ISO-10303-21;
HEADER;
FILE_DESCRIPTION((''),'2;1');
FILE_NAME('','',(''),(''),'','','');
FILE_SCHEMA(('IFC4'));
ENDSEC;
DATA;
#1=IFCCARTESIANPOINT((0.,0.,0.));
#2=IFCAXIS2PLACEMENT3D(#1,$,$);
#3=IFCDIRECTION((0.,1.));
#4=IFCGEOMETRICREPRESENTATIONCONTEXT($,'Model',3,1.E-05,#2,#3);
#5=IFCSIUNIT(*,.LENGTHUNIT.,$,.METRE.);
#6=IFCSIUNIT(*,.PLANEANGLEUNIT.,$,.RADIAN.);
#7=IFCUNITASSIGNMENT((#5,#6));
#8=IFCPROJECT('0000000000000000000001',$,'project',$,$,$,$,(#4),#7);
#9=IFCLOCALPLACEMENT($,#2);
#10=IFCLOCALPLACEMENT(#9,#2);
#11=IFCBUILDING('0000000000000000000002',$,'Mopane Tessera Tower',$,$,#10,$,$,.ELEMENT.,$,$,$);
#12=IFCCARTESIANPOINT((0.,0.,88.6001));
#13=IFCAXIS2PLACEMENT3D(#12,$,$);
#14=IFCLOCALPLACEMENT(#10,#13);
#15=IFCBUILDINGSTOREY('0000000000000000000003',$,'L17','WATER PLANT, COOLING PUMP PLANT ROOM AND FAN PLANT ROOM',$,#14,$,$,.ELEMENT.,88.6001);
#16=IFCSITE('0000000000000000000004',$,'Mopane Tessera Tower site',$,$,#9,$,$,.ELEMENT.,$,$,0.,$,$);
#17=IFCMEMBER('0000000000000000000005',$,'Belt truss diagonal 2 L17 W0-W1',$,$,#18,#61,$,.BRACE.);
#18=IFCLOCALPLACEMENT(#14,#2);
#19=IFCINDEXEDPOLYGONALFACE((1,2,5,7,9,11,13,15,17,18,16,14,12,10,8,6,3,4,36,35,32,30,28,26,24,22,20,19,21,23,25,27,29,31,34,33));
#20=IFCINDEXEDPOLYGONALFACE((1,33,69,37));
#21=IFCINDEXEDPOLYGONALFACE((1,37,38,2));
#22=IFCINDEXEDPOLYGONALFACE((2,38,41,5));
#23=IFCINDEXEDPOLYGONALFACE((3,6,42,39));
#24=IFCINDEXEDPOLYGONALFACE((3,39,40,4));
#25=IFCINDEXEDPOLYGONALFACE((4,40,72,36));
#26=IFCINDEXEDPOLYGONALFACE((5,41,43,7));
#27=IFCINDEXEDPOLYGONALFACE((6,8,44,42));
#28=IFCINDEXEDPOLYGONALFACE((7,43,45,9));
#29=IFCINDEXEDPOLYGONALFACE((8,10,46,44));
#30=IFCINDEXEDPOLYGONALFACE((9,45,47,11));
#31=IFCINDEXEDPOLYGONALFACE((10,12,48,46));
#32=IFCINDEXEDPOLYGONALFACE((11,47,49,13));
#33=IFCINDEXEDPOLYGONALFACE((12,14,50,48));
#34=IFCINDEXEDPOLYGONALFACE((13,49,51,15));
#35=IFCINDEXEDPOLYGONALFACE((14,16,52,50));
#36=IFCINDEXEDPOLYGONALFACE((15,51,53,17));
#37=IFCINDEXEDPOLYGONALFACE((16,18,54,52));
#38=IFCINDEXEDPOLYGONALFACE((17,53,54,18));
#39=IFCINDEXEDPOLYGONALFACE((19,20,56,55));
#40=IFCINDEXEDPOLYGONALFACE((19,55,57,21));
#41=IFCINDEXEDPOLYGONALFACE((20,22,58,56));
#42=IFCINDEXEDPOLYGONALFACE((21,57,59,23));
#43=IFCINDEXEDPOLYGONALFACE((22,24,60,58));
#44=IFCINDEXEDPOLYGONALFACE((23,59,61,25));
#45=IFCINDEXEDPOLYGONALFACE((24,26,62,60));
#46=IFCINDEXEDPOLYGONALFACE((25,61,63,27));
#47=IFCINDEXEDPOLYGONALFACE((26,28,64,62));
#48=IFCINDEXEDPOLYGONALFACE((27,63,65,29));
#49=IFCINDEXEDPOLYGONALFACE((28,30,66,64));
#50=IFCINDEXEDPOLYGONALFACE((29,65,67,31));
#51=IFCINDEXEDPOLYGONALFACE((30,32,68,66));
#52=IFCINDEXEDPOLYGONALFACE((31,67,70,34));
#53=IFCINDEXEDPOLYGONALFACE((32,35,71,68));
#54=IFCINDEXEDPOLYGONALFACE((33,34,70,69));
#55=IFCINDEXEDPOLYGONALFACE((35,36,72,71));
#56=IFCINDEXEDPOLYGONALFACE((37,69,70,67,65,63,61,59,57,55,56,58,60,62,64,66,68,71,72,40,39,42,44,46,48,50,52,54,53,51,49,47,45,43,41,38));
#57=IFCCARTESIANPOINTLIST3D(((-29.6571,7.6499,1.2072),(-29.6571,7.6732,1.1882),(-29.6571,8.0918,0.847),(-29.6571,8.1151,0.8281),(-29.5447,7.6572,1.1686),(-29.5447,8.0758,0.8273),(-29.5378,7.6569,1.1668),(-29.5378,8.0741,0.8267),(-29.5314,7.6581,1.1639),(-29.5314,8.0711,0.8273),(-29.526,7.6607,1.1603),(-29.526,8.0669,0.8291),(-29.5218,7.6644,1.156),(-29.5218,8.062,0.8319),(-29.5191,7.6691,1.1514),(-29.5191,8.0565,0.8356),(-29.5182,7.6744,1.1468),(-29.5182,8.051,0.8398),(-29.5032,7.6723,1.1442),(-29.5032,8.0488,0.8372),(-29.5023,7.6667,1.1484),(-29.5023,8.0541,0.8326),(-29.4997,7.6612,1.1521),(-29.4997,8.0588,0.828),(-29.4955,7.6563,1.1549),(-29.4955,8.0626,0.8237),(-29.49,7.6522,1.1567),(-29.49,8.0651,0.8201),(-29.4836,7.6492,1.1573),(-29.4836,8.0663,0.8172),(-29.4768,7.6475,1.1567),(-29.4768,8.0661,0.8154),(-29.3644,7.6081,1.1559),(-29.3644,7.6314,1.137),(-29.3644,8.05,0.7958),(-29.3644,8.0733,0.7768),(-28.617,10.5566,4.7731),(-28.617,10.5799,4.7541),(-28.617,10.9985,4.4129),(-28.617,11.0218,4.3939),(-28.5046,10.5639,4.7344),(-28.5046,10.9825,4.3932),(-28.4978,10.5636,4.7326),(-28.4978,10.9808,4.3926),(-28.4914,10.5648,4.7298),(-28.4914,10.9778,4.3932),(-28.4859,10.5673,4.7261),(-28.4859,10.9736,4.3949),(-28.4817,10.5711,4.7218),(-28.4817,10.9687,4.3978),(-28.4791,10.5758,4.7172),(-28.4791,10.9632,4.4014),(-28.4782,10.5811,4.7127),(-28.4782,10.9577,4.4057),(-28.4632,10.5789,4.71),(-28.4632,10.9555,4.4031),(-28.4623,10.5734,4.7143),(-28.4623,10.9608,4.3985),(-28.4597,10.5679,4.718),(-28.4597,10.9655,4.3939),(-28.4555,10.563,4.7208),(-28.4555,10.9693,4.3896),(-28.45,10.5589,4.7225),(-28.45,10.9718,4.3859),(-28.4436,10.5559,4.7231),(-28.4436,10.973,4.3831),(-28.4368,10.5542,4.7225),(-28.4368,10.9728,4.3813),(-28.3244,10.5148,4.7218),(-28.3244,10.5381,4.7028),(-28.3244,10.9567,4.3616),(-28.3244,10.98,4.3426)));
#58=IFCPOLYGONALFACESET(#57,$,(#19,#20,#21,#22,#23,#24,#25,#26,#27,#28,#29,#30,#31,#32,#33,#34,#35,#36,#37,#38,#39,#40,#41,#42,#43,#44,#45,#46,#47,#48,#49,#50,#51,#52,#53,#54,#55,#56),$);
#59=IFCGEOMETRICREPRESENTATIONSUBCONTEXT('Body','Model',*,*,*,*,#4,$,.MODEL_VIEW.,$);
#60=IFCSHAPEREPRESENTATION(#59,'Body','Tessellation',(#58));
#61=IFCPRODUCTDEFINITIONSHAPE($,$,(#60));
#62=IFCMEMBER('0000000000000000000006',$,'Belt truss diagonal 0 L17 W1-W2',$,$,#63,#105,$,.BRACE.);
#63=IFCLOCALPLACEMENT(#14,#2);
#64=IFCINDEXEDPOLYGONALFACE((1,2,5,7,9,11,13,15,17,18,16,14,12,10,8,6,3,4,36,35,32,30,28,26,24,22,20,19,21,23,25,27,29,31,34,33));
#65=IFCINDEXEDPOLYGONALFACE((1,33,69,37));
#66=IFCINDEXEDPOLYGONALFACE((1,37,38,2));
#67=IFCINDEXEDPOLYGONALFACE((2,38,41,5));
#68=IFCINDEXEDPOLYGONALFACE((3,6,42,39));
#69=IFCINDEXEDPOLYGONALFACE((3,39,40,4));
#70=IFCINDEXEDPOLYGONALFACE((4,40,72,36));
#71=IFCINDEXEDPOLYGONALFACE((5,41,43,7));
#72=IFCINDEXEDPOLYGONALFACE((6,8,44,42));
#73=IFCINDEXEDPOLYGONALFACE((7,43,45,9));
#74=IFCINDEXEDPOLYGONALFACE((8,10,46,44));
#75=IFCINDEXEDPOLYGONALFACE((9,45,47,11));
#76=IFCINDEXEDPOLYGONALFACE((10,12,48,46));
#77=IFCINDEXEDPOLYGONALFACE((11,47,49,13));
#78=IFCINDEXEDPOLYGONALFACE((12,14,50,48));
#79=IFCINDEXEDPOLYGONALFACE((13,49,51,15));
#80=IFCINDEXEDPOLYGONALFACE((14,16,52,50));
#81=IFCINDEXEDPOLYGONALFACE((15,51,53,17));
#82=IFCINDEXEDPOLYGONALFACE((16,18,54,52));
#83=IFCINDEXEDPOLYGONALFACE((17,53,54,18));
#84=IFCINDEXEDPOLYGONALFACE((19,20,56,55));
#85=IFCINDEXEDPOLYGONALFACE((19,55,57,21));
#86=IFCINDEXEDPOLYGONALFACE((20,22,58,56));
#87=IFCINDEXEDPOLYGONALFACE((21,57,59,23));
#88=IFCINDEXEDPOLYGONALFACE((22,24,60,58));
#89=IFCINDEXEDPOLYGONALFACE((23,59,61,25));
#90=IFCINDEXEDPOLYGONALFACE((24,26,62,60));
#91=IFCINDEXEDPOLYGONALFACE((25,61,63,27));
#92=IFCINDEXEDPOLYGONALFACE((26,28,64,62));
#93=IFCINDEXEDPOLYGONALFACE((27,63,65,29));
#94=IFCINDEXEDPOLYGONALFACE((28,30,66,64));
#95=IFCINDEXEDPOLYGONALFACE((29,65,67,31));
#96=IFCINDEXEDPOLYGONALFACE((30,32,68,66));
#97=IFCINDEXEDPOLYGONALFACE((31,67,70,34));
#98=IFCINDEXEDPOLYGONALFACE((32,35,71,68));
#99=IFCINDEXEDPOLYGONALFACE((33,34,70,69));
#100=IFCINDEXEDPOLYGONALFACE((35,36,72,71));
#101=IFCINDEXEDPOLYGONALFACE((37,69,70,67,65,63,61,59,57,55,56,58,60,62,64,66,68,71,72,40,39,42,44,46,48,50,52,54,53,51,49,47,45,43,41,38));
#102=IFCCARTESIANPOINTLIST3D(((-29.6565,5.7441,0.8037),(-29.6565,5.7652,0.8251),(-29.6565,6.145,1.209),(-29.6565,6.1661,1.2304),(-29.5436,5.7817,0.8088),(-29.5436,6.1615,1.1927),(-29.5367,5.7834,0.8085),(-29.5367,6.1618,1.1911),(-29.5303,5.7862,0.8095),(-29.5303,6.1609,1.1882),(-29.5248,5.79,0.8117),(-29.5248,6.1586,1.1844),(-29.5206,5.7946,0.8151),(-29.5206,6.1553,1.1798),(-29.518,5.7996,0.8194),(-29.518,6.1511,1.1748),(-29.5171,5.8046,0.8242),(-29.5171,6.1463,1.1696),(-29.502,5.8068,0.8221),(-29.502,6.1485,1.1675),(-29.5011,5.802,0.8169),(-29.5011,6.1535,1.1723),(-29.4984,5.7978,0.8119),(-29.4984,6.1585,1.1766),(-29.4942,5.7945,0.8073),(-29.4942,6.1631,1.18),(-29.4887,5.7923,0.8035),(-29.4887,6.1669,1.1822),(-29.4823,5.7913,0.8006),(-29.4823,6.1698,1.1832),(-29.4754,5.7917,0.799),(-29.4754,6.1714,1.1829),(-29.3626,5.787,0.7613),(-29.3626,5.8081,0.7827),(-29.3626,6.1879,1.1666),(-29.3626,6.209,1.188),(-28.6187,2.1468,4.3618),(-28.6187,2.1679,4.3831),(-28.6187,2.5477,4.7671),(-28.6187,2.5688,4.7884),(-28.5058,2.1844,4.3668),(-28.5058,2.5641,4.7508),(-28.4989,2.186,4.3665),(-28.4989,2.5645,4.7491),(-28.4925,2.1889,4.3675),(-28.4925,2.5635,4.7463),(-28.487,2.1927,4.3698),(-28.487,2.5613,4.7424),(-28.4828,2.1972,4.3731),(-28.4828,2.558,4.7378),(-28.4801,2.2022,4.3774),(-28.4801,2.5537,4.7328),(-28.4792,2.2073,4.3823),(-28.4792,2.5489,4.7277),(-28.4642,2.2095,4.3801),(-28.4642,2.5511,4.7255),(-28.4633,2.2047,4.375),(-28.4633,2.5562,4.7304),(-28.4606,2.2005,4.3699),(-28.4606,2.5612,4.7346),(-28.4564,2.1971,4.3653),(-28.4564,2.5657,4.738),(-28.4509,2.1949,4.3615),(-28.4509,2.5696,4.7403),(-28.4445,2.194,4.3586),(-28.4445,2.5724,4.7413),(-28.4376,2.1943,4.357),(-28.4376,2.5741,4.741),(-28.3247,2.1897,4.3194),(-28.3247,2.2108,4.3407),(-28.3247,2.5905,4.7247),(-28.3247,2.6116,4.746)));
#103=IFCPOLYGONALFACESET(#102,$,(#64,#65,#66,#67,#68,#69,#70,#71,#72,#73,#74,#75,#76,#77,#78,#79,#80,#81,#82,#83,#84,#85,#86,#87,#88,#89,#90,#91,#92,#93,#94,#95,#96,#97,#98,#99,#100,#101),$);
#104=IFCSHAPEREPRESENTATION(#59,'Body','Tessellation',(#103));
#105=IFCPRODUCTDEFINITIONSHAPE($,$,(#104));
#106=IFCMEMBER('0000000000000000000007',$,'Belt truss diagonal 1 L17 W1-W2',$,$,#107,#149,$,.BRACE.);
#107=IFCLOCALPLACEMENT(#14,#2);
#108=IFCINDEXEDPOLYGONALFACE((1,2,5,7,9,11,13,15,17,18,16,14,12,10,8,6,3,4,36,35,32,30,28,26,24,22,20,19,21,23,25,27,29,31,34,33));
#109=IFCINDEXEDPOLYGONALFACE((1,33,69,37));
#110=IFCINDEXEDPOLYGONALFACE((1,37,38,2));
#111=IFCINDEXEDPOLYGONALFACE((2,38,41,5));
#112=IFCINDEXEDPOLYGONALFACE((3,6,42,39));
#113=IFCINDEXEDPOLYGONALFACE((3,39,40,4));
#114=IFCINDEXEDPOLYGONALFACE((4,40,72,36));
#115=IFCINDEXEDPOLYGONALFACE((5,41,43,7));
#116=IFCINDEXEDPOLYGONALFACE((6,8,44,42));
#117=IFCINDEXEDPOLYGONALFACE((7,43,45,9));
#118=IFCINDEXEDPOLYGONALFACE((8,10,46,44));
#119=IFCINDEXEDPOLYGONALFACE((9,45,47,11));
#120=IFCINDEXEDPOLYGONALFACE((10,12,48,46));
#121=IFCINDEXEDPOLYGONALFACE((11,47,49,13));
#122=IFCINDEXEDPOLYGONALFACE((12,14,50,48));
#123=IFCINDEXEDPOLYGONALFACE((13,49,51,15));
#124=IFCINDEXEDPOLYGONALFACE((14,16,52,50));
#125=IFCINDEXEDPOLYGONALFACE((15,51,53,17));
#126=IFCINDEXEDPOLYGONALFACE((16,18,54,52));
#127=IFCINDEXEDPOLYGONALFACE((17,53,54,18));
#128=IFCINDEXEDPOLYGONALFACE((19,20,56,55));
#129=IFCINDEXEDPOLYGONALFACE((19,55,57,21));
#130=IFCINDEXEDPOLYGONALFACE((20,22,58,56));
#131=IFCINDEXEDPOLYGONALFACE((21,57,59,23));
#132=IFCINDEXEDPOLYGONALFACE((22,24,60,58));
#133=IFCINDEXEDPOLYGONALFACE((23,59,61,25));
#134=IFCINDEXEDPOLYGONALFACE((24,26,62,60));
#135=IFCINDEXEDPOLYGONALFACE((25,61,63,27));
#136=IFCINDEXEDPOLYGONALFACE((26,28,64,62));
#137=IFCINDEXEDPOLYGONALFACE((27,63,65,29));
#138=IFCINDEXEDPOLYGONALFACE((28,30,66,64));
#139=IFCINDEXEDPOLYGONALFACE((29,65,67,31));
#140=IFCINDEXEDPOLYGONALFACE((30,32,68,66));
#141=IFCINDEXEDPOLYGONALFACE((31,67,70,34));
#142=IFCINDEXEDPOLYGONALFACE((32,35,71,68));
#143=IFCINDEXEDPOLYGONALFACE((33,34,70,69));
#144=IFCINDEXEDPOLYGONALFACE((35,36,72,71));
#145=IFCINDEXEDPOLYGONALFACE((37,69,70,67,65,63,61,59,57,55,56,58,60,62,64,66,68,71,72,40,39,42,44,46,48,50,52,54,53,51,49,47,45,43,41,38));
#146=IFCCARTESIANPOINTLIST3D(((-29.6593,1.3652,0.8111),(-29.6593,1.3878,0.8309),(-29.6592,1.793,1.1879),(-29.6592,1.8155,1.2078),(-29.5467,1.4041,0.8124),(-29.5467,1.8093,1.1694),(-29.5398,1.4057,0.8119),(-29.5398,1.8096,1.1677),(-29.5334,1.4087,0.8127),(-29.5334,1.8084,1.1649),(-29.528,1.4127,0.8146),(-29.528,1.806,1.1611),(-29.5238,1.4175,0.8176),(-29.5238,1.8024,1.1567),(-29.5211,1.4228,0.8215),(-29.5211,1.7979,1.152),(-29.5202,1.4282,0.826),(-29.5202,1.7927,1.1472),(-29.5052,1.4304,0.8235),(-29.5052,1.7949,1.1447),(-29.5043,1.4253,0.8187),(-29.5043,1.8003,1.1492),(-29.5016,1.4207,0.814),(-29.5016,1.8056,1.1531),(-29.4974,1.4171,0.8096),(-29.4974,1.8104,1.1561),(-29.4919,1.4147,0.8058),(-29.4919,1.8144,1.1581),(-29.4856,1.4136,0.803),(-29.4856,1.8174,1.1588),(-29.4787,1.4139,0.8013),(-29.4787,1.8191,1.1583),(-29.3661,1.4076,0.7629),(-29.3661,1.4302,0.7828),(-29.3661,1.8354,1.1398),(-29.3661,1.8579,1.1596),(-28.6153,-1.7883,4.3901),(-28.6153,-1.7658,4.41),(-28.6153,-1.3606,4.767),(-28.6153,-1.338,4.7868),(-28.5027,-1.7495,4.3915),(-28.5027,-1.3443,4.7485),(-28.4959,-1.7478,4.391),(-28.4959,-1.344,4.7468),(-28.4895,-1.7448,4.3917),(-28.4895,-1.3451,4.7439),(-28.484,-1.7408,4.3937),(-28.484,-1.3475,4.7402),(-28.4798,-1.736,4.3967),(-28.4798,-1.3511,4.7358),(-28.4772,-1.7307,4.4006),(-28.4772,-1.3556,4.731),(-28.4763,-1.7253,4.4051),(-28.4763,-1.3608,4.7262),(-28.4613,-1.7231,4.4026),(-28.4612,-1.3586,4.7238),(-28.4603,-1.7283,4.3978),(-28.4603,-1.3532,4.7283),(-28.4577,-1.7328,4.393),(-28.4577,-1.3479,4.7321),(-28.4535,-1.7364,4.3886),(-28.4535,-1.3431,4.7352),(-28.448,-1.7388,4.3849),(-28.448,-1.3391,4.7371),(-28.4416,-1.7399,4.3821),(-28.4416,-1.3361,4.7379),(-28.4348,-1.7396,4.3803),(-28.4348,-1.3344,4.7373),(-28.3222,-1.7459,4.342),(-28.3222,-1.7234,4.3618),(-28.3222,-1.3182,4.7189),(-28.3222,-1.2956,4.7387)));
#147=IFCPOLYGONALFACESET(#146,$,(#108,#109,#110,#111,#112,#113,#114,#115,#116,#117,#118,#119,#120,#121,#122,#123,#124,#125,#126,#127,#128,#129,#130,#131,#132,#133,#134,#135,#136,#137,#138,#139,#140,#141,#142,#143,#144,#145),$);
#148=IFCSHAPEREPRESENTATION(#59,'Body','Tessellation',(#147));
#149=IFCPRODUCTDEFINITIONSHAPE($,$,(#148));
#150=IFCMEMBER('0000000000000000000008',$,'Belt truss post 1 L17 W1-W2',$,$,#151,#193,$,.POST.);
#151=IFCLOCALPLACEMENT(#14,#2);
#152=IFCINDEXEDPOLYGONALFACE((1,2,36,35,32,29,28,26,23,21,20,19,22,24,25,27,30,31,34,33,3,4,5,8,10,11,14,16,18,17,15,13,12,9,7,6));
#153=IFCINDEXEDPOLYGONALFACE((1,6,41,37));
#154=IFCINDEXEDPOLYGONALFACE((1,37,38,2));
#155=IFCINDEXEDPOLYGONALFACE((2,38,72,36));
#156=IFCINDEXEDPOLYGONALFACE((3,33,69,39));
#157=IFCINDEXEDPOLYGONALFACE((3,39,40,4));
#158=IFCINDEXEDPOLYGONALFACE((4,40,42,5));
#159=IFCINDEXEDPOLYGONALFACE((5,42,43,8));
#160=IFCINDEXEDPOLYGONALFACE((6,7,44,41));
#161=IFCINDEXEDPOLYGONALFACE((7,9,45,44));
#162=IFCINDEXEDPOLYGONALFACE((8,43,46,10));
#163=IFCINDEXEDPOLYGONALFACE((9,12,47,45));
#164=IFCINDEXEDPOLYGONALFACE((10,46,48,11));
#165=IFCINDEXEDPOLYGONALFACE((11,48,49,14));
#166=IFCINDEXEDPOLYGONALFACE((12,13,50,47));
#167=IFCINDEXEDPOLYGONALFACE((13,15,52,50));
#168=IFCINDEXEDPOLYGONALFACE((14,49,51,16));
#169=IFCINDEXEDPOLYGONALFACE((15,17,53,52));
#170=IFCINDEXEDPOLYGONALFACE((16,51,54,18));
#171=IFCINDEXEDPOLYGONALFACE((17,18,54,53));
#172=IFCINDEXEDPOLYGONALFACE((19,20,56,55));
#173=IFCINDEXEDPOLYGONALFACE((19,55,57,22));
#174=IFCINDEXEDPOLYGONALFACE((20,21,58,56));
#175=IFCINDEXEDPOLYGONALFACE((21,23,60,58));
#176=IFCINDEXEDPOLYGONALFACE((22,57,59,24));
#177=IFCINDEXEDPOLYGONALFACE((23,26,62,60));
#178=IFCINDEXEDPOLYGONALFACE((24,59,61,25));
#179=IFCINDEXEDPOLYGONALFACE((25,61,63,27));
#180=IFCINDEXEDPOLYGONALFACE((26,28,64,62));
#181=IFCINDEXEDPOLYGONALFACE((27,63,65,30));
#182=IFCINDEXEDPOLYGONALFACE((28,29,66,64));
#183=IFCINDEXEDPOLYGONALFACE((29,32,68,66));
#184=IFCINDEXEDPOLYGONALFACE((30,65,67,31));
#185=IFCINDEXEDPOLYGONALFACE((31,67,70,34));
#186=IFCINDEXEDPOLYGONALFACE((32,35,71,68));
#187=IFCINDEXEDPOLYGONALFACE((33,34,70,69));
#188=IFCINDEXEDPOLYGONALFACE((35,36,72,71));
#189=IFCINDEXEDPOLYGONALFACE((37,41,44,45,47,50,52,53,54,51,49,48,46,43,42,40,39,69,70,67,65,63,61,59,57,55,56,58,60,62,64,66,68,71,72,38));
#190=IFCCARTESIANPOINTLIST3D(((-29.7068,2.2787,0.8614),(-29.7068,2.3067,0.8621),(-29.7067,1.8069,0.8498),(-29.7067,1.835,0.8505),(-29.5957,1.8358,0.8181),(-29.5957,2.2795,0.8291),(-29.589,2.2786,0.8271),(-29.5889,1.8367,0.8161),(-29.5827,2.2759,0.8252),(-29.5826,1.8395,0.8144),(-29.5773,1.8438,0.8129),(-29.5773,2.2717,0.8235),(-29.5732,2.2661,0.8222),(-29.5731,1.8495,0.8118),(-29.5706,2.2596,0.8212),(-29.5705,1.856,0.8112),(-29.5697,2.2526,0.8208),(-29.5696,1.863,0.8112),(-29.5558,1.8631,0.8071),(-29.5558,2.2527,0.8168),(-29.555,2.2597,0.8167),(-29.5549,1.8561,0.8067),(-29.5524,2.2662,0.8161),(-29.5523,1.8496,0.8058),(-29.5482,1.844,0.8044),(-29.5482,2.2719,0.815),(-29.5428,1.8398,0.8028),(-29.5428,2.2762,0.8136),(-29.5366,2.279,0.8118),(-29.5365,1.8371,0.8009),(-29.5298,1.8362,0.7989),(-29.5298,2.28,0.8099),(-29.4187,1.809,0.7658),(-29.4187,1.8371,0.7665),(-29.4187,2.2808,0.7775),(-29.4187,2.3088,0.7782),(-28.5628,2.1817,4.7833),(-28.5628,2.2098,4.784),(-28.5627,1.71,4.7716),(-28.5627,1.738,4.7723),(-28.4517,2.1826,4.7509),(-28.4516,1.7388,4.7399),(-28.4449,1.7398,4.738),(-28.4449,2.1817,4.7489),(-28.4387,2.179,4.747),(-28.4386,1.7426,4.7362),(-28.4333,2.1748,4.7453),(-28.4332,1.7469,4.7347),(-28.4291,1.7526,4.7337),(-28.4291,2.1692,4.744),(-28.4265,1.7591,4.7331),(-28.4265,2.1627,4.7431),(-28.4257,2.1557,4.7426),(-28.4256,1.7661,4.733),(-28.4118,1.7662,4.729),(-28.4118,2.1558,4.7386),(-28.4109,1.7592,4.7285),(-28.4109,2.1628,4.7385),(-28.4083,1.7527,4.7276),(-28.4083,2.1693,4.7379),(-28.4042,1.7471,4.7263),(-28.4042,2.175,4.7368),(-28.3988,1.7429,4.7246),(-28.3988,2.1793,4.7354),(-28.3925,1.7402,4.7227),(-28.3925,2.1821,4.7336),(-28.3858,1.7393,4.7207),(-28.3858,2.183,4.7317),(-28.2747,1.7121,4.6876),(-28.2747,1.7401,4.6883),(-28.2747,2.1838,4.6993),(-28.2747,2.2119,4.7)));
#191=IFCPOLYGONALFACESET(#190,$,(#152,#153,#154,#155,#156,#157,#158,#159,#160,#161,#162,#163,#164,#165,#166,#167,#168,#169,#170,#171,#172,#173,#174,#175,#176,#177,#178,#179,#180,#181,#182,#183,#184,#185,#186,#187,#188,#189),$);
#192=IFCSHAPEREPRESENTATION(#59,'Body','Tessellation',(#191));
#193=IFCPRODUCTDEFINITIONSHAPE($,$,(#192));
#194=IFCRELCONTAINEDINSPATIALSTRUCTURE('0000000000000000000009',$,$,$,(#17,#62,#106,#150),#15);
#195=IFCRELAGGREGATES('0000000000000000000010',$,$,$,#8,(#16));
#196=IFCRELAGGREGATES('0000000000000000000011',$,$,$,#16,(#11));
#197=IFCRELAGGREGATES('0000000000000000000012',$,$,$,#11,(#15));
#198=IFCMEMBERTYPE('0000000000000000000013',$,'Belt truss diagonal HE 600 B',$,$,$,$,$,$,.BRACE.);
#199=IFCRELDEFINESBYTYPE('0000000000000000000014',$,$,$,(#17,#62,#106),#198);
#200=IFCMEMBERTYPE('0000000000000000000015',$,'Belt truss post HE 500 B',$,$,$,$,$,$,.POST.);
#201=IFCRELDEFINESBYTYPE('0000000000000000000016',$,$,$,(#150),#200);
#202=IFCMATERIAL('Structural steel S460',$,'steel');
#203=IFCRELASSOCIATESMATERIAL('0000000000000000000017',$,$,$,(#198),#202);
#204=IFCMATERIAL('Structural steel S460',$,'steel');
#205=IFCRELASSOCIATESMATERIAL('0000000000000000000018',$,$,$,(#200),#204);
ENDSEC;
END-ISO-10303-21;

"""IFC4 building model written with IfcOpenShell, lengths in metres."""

from ifc_helpers import new_model, si_unit, direction, frame, origin, origin_2d, place, context, subcontext, project, spatial, i_section, extrude, material, material_profile, profile_set, type_object, element, save


model = new_model("IFC4")

# Units and contexts
model_context = context("Model", 3, precision=1e-05, world=origin(), true_north=direction((0.0, 1.0)))
body_context = subcontext(model_context, "Body", "Model", "MODEL_VIEW")
ifc_project = project(units=[si_unit("LENGTHUNIT", "METRE"), si_unit("PLANEANGLEUNIT", "RADIAN")], contexts=[model_context])

# Site, building, storey
site_placement = place(None, origin())
site = spatial("IfcSite", under=ifc_project, at=site_placement, Name="Mopane Tessera Tower site", CompositionType="ELEMENT", RefElevation=0.0)
building_placement = place(site_placement, origin())
building = spatial("IfcBuilding", under=site, at=building_placement, Name="Mopane Tessera Tower", CompositionType="ELEMENT")
storey_placement = place(building_placement, frame((0.0, 0.0, 88.6001)))
storey = spatial("IfcBuildingStorey", under=building, at=storey_placement, Name="L17", Description="WATER PLANT, COOLING PUMP PLANT ROOM AND FAN PLANT ROOM", CompositionType="ELEMENT", Elevation=88.6001)

# Members
ifc_material_1 = material(Name="Structural steel S460", Category="steel")
ifc_material_profile_1 = material_profile(ifc_material_1, i_section(OverallWidth=0.3, OverallDepth=0.6001, WebThickness=0.0154, FlangeThickness=0.03, FilletRadius=0.0271, at=origin_2d()))
ifc_profile_set_1 = profile_set([ifc_material_profile_1], Name="Structural steel S460")
member_type_1 = type_object("IfcMemberType", Name="Belt truss diagonal HE 600 B", PredefinedType="BRACE", material=ifc_profile_set_1)
member_1_placement = place(storey_placement, frame((-28.4707, 10.7683, 4.5579), z_axis=(-0.220505, -0.616275, -0.756031), x_axis=(0.975386, -0.139321, -0.170916)))
element("IfcMember", 1, at=member_1_placement, inside=storey, type_object=member_type_1, Name="Belt truss diagonal 2 L17 W0-W1", PredefinedType="BRACE", context=body_context, shape_type="SweptSolid", body=[
    extrude(i_section(OverallWidth=0.3, OverallDepth=0.6001, WebThickness=0.0154, FlangeThickness=0.03, FilletRadius=0.0271, at=origin_2d()), origin(), (0.0, 0.0, 1.0), 4.7166),
])
member_2_placement = place(storey_placement, frame((-29.5095, 5.9766, 0.9958), z_axis=(0.200932, -0.69648, 0.68887), x_axis=(0.979605, 0.142861, -0.141296)))
element("IfcMember", 2, at=member_2_placement, inside=storey, type_object=member_type_1, Name="Belt truss diagonal 0 L17 W1-W2", PredefinedType="BRACE", context=body_context, shape_type="SweptSolid", body=[
    extrude(i_section(OverallWidth=0.3, OverallDepth=0.6001, WebThickness=0.0154, FlangeThickness=0.03, FilletRadius=0.0271, at=origin_2d()), origin(), (0.0, 0.0, 1.0), 5.165),
])
member_3_placement = place(storey_placement, frame((-29.5127, 1.6116, 0.9854), z_axis=(0.213787, -0.645811, 0.732955), x_axis=(0.97688, 0.141328, -0.16041)))
element("IfcMember", 3, at=member_3_placement, inside=storey, type_object=member_type_1, Name="Belt truss diagonal 1 L17 W1-W2", PredefinedType="BRACE", context=body_context, shape_type="SweptSolid", body=[
    extrude(i_section(OverallWidth=0.3, OverallDepth=0.6001, WebThickness=0.0154, FlangeThickness=0.03, FilletRadius=0.0271, at=origin_2d()), origin(), (0.0, 0.0, 1.0), 4.8831),
])
ifc_material_2 = material(Name="Structural steel S460", Category="steel")
ifc_material_profile_2 = material_profile(ifc_material_2, i_section(OverallWidth=0.3, OverallDepth=0.5, WebThickness=0.0144, FlangeThickness=0.0281, FilletRadius=0.0271, at=origin_2d()))
ifc_profile_set_2 = profile_set([ifc_material_profile_2], Name="Structural steel S460")
member_type_2 = type_object("IfcMemberType", Name="Belt truss post HE 500 B", PredefinedType="POST", material=ifc_profile_set_2)
member_4_placement = place(storey_placement, frame((-29.5627, 2.0579, 0.814), z_axis=(0.279958, -0.023718, 0.959719), x_axis=(0.960012, 0.00702, -0.27987)))
element("IfcMember", 4, at=member_4_placement, inside=storey, type_object=member_type_2, Name="Belt truss post 1 L17 W1-W2", PredefinedType="POST", context=body_context, shape_type="SweptSolid", body=[
    extrude(i_section(OverallWidth=0.3, OverallDepth=0.5, WebThickness=0.0144, FlangeThickness=0.0281, FilletRadius=0.0271, at=origin_2d()), origin(), (0.0, 0.0, 1.0), 4.0864),
])

save(model, "model.ifc")
